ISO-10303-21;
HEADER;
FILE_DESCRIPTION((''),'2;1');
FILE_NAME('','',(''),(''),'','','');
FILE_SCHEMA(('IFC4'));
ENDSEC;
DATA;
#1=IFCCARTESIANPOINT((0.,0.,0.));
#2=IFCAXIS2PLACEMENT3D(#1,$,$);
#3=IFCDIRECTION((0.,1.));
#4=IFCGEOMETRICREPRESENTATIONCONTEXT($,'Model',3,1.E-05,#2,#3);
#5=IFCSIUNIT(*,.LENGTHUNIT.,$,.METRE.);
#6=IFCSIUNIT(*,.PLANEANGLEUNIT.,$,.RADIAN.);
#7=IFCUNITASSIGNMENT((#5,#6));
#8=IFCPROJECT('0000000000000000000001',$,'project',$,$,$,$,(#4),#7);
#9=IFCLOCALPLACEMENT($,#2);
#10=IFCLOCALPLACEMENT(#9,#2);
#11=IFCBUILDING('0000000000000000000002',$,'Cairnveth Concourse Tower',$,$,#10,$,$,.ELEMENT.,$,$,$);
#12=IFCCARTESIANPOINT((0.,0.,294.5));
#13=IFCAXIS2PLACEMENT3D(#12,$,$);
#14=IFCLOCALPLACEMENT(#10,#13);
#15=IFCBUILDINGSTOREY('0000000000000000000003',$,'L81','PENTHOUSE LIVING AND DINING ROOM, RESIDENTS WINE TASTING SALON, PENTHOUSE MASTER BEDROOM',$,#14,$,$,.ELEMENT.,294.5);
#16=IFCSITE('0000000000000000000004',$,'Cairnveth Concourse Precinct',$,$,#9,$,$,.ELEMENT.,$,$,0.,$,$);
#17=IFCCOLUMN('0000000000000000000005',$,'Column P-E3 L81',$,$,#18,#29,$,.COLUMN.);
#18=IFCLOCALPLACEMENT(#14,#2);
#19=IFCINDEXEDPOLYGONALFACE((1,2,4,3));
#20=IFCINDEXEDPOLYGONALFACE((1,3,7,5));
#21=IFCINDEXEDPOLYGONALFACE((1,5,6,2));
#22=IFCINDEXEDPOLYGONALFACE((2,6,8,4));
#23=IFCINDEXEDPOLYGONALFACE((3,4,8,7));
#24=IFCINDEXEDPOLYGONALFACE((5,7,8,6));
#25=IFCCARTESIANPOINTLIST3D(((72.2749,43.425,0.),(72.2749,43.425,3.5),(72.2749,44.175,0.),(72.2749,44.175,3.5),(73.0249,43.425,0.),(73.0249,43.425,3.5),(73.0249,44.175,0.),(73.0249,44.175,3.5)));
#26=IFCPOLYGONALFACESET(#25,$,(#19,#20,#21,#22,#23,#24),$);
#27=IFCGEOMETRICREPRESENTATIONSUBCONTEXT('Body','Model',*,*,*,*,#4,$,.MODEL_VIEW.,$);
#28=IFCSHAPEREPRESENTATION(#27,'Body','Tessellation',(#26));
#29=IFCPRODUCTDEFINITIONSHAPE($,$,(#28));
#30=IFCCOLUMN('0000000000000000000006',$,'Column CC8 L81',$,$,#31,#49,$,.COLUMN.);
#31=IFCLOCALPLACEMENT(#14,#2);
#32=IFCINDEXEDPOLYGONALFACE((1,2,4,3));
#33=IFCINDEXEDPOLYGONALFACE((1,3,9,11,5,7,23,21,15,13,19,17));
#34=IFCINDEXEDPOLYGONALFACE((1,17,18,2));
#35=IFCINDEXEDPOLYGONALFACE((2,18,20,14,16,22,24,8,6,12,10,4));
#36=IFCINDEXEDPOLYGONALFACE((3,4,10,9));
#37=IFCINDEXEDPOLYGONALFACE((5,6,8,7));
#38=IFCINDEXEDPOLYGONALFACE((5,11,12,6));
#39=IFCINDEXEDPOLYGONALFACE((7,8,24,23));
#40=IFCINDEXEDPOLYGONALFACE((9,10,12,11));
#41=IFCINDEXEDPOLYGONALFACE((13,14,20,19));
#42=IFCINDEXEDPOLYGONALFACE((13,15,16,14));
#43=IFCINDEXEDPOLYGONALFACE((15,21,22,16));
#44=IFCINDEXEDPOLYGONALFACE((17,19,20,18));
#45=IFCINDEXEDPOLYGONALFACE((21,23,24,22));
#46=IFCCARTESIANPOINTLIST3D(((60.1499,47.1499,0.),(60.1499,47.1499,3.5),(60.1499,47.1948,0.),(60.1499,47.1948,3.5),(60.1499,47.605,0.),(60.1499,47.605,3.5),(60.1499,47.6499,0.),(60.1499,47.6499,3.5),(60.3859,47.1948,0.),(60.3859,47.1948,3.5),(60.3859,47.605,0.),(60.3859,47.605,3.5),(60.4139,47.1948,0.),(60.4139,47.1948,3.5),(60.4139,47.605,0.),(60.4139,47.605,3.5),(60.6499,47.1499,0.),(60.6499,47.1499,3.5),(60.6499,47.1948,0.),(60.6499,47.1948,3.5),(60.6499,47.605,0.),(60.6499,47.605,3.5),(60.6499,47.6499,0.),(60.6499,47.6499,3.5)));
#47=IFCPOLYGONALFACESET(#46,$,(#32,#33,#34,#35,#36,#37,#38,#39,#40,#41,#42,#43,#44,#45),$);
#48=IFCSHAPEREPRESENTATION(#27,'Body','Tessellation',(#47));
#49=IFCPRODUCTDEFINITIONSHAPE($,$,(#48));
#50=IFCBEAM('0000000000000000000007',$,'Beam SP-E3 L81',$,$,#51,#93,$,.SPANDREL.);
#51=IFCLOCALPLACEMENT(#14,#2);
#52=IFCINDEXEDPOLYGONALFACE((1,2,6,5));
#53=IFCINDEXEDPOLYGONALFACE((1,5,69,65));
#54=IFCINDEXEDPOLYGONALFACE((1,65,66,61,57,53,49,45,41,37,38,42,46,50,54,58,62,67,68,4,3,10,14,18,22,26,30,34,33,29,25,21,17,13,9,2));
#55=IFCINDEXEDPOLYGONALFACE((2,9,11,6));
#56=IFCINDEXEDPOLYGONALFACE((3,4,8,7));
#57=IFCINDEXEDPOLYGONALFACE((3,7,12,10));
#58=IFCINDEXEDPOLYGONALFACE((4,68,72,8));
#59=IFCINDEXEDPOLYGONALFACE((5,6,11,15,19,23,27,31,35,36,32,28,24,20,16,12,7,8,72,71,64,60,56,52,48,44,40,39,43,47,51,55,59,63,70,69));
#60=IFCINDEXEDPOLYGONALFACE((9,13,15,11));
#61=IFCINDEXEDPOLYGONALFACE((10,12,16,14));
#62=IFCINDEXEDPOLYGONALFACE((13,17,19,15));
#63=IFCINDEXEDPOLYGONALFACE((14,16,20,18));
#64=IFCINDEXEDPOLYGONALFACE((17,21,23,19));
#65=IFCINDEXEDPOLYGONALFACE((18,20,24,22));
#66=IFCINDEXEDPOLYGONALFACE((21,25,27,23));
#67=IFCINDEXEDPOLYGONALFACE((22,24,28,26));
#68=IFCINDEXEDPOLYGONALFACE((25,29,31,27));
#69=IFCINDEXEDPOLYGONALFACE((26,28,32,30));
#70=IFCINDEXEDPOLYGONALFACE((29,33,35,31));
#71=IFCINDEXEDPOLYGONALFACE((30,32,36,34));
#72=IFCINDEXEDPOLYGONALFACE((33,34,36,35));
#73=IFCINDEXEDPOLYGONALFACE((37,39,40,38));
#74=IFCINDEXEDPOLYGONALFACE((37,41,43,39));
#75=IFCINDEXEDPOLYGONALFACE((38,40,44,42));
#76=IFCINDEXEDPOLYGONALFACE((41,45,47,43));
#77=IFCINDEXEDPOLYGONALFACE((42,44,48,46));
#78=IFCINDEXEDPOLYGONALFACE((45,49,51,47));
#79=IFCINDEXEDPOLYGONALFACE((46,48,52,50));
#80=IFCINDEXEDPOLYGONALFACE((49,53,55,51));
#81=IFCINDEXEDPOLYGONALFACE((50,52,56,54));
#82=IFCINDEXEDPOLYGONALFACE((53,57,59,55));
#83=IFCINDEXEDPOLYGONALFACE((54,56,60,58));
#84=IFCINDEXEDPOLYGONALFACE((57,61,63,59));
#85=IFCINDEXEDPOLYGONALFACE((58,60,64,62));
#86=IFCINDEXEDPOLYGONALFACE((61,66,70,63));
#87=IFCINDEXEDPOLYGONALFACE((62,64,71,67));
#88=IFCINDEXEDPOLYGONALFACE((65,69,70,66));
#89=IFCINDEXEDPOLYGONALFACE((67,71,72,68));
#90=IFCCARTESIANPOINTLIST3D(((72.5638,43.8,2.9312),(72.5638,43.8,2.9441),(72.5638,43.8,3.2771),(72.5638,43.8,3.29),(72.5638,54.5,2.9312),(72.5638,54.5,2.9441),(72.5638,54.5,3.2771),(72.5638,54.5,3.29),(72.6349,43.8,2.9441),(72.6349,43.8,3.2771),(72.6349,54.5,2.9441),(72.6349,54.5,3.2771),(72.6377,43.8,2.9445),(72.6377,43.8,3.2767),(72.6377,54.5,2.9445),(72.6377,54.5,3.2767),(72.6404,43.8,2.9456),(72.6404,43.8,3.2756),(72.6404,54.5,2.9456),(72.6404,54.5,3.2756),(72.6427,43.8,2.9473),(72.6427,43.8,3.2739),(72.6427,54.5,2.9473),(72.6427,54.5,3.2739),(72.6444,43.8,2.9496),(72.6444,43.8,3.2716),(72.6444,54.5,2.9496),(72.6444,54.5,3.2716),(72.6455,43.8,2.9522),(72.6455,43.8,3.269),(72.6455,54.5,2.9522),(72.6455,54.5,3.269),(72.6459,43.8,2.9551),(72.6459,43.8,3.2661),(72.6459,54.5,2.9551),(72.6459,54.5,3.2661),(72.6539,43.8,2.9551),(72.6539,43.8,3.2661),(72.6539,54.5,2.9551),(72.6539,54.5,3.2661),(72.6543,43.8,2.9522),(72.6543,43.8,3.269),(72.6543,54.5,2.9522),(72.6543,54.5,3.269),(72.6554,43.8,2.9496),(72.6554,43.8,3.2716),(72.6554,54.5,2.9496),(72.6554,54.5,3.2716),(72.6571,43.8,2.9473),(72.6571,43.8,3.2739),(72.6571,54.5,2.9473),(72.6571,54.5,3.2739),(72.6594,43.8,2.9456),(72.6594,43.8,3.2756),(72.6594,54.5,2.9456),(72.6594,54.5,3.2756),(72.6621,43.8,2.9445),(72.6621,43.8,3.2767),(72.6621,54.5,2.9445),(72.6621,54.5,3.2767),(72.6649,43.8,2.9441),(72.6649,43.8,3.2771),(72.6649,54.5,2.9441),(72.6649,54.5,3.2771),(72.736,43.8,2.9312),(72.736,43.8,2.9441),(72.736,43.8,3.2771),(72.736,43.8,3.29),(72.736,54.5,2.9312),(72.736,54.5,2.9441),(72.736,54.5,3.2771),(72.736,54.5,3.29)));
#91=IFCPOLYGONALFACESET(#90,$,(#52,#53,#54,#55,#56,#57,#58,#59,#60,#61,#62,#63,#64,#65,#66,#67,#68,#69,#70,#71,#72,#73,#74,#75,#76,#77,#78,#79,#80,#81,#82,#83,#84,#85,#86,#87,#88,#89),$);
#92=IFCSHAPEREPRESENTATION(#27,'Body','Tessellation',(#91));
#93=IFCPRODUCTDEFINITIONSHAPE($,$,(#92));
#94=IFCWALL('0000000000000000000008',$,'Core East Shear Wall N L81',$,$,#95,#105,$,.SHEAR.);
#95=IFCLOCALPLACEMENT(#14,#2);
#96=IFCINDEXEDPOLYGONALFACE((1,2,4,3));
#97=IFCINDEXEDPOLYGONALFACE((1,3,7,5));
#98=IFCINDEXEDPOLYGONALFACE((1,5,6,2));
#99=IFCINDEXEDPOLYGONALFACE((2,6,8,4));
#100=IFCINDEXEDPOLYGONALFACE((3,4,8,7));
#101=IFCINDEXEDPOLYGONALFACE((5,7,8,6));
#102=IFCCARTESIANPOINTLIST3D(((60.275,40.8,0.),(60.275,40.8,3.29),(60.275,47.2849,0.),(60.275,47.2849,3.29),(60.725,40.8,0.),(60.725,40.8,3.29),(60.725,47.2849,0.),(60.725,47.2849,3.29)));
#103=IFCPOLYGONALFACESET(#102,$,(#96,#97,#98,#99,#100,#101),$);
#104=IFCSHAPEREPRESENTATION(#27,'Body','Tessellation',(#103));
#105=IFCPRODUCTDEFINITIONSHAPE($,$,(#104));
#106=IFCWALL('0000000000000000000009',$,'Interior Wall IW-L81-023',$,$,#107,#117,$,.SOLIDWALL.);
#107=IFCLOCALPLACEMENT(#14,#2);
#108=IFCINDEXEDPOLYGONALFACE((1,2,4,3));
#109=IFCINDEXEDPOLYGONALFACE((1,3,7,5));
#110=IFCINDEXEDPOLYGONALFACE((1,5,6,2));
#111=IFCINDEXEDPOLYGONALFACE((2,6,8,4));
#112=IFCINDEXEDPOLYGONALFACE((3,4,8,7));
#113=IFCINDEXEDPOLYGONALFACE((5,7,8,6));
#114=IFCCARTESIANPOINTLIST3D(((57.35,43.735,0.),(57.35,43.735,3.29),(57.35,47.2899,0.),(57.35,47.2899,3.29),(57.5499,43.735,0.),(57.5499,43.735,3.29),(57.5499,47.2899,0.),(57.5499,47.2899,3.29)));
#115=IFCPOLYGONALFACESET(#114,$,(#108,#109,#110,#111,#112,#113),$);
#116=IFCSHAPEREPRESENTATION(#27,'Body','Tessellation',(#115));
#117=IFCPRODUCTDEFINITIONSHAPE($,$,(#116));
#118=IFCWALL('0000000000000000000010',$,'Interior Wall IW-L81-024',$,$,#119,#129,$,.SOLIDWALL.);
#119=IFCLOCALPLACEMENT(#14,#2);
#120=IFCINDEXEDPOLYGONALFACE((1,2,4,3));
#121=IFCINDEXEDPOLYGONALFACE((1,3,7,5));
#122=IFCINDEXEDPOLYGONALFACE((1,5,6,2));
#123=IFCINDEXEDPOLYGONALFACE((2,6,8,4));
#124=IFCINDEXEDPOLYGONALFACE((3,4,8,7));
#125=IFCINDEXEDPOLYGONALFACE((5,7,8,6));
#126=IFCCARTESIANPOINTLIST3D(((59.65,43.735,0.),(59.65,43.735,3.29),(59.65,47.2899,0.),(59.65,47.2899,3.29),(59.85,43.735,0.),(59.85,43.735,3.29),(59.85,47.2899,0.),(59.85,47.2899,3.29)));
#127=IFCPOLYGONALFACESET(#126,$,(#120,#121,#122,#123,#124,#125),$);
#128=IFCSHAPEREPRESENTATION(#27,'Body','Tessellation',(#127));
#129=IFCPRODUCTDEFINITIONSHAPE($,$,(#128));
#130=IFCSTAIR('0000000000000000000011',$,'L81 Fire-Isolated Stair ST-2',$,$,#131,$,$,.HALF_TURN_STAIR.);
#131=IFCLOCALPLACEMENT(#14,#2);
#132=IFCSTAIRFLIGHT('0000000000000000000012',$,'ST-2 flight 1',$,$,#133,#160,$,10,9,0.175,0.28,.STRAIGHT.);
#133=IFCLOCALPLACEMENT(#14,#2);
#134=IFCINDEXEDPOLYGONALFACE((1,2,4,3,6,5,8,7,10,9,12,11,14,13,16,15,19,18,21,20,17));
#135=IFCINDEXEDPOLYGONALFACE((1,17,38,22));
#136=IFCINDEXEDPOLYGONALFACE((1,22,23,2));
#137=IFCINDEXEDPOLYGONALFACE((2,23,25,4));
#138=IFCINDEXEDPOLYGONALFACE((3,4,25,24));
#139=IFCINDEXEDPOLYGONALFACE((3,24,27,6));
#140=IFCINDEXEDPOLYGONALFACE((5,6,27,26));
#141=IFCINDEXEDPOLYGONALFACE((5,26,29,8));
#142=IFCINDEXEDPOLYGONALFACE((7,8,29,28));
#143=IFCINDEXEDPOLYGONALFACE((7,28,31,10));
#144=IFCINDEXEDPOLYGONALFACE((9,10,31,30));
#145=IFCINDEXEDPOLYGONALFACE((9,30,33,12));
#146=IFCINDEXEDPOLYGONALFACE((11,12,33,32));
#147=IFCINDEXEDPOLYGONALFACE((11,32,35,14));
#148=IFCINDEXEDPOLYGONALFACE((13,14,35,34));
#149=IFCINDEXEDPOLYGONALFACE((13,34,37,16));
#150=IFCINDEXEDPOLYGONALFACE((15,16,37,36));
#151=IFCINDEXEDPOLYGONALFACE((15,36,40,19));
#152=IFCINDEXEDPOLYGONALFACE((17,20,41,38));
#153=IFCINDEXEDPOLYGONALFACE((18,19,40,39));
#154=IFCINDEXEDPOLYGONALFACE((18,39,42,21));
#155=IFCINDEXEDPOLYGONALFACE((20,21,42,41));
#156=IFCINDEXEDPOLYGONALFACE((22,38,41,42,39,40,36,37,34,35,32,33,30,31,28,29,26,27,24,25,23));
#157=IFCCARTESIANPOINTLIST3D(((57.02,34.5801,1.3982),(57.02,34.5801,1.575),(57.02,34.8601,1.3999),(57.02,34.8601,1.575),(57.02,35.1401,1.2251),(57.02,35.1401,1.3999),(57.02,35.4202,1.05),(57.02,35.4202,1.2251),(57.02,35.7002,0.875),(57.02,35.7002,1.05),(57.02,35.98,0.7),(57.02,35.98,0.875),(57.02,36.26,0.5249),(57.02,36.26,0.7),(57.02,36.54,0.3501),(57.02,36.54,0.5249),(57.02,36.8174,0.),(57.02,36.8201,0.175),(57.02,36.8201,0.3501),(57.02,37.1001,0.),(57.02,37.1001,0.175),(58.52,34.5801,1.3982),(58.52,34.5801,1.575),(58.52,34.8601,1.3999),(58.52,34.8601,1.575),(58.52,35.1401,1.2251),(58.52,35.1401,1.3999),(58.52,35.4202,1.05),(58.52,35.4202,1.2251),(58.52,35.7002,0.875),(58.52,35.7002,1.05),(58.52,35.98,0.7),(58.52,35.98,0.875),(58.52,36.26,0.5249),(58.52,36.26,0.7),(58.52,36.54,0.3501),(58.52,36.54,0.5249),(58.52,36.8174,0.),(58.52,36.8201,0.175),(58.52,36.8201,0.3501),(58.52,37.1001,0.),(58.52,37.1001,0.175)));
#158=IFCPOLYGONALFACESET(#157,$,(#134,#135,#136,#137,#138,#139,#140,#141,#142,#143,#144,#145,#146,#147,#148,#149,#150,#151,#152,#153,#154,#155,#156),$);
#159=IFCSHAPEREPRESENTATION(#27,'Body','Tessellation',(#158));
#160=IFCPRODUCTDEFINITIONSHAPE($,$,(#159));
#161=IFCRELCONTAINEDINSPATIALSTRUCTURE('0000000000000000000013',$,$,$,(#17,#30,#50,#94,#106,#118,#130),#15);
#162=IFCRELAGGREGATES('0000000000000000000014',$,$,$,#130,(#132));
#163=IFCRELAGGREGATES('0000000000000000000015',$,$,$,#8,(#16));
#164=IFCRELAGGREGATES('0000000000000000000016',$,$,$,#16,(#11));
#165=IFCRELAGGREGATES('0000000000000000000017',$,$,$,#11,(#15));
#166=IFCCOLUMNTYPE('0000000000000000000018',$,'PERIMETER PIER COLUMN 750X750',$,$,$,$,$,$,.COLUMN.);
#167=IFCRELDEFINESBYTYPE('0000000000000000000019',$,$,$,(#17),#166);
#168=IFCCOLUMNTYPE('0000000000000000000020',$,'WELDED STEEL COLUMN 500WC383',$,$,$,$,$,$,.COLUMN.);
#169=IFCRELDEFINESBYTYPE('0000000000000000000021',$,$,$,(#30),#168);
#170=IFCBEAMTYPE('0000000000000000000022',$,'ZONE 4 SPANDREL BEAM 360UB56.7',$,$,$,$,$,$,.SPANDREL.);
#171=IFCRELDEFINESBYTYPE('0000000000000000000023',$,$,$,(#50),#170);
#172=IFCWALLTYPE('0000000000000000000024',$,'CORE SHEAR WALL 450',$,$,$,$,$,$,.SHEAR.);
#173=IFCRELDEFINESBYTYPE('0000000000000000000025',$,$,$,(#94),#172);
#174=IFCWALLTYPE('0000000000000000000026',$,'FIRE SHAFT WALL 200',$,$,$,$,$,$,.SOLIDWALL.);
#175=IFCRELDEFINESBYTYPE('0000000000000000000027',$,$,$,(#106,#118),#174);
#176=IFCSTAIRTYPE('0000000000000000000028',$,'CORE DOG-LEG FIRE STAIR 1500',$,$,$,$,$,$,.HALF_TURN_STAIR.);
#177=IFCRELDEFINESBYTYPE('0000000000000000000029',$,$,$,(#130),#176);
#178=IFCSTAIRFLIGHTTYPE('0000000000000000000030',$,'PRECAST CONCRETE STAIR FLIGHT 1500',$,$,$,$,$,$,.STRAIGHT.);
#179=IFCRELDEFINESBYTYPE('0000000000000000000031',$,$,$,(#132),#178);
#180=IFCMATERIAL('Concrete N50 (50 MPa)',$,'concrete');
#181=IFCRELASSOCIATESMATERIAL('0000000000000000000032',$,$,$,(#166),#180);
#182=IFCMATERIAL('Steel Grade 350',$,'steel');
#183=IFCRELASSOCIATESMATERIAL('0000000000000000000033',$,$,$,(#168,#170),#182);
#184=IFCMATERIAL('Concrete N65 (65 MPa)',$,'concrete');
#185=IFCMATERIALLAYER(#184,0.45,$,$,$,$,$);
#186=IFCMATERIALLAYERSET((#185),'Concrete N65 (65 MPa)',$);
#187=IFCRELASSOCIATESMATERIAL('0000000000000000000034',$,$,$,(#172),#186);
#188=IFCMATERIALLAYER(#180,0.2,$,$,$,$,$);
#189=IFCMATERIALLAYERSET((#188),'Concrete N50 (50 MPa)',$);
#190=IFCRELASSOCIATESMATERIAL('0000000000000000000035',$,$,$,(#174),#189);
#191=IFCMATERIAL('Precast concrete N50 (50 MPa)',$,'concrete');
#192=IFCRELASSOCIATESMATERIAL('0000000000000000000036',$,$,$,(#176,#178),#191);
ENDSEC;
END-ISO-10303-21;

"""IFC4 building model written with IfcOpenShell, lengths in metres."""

from ifc_helpers import new_model, si_unit, direction, frame, frame_2d, origin, origin_2d, place, context, subcontext, project, spatial, polyline, rectangle, i_section, outline, extrude, material, layer, layer_set, material_profile, profile_set, type_object, element, aggregate, save


model = new_model("IFC4")

# Units and contexts
model_context = context("Model", 3, precision=1e-05, world=origin(), true_north=direction((0.0, 1.0)))
body_context = subcontext(model_context, "Body", "Model", "MODEL_VIEW")
ifc_project = project(units=[si_unit("LENGTHUNIT", "METRE"), si_unit("PLANEANGLEUNIT", "RADIAN")], contexts=[model_context])

# Site, building, storey
site_placement = place(None, origin())
site = spatial("IfcSite", under=ifc_project, at=site_placement, Name="Cairnveth Concourse Precinct", CompositionType="ELEMENT", RefElevation=0.0)
building_placement = place(site_placement, origin())
building = spatial("IfcBuilding", under=site, at=building_placement, Name="Cairnveth Concourse Tower", CompositionType="ELEMENT")
storey_placement = place(building_placement, frame((0.0, 0.0, 294.5)))
storey = spatial("IfcBuildingStorey", under=building, at=storey_placement, Name="L81", Description="PENTHOUSE LIVING AND DINING ROOM, RESIDENTS WINE TASTING SALON, PENTHOUSE MASTER BEDROOM", CompositionType="ELEMENT", Elevation=294.5)

# Columns
ifc_material_1 = material(Name="Concrete N50 (50 MPa)", Category="concrete")
ifc_material_profile_1 = material_profile(ifc_material_1, rectangle(XDim=0.75, YDim=0.75, at=origin_2d()), Name="RC-COL-750x750")
ifc_profile_set_1 = profile_set([ifc_material_profile_1], Name="Concrete N50 (50 MPa)")
column_type_1 = type_object("IfcColumnType", Name="PERIMETER PIER COLUMN 750X750", PredefinedType="COLUMN", material=ifc_profile_set_1)
column_1_placement = place(storey_placement, frame((72.6499, 43.8, 0.0), z_axis=(0.0, 0.0, 1.0), x_axis=(0.0, 1.0, 0.0)))
element("IfcColumn", 1, at=column_1_placement, inside=storey, type_object=column_type_1, Name="Column P-E3 L81", PredefinedType="COLUMN", context=body_context, shape_type="SweptSolid", body=[
    extrude(rectangle(XDim=0.75, YDim=0.75, at=origin_2d()), origin(), (0.0, 0.0, 1.0), 3.5),
])
ifc_material_2 = material(Name="Steel Grade 350", Category="steel")
ifc_material_profile_2 = material_profile(ifc_material_2, i_section(OverallWidth=0.5, OverallDepth=0.5, WebThickness=0.0281, FlangeThickness=0.0449, at=origin_2d()), Name="500WC383")
ifc_profile_set_2 = profile_set([ifc_material_profile_2], Name="Steel Grade 350")
column_type_2 = type_object("IfcColumnType", Name="WELDED STEEL COLUMN 500WC383", PredefinedType="COLUMN", material=ifc_profile_set_2)
column_2_placement = place(storey_placement, frame((60.3999, 47.3999, 0.0), z_axis=(0.0, 0.0, 1.0), x_axis=(1.0, 0.0, 0.0)))
element("IfcColumn", 2, at=column_2_placement, inside=storey, type_object=column_type_2, Name="Column CC8 L81", PredefinedType="COLUMN", context=body_context, shape_type="SweptSolid", body=[
    extrude(i_section(OverallWidth=0.5, OverallDepth=0.5, WebThickness=0.0281, FlangeThickness=0.0449, at=origin_2d()), origin(), (0.0, 0.0, 1.0), 3.5),
])

# Beam
ifc_material_profile_3 = material_profile(ifc_material_2, i_section(OverallWidth=0.1721, OverallDepth=0.3589, WebThickness=0.0081, FlangeThickness=0.0129, FilletRadius=0.011, at=origin_2d()), Name="360UB56.7")
ifc_profile_set_3 = profile_set([ifc_material_profile_3], Name="Steel Grade 350")
beam_type = type_object("IfcBeamType", Name="ZONE 4 SPANDREL BEAM 360UB56.7", PredefinedType="SPANDREL", material=ifc_profile_set_3)
beam_placement = place(storey_placement, frame((72.6499, 43.8, 3.1106), z_axis=(0.0, 1.0, 0.0), x_axis=(-1.0, 0.0, 0.0)))
element("IfcBeam", 3, at=beam_placement, inside=storey, type_object=beam_type, Name="Beam SP-E3 L81", PredefinedType="SPANDREL", context=body_context, shape_type="SweptSolid", body=[
    extrude(i_section(OverallWidth=0.1721, OverallDepth=0.3589, WebThickness=0.0081, FlangeThickness=0.0129, FilletRadius=0.011, at=origin_2d()), origin(), (0.0, 0.0, 1.0), 10.7),
])

# Wall
ifc_material_3 = material(Name="Concrete N65 (65 MPa)", Category="concrete")
ifc_layer_1 = layer(ifc_material_3, 0.45)
ifc_layer_set_1 = layer_set([ifc_layer_1], Name="Concrete N65 (65 MPa)")
wall_type_1 = type_object("IfcWallType", Name="CORE SHEAR WALL 450", PredefinedType="SHEAR", material=ifc_layer_set_1)
wall_1_placement = place(storey_placement, frame((60.5, 40.8, 0.0), z_axis=(0.0, 0.0, 1.0), x_axis=(0.0, 1.0, 0.0)))
element("IfcWall", 4, at=wall_1_placement, inside=storey, type_object=wall_type_1, Name="Core East Shear Wall N L81", PredefinedType="SHEAR", context=body_context, shape_type="SweptSolid", body=[
    extrude(rectangle(XDim=6.4849, YDim=0.45, at=frame_2d((3.2424, 0.0))), origin(), (0.0, 0.0, 1.0), 3.29),
])

# Shared definitions
ifc_layer_2 = layer(ifc_material_1, 0.2)
ifc_layer_set_2 = layer_set([ifc_layer_2], Name="Concrete N50 (50 MPa)")
wall_type_2 = type_object("IfcWallType", Name="FIRE SHAFT WALL 200", PredefinedType="SOLIDWALL", material=ifc_layer_set_2)

# Walls
for number, where, z_axis, x_axis, name in (
    (5, (57.45, 43.7351, 0.0), (0.0, 0.0, 1.0), (0.0, 1.0, 0.0), "Interior Wall IW-L81-023"),
    (6, (59.75, 43.7351, 0.0), (0.0, 0.0, 1.0), (0.0, 1.0, 0.0), "Interior Wall IW-L81-024"),
):
    element("IfcWall", number, at=place(storey_placement, frame(where, z_axis=z_axis, x_axis=x_axis)), inside=storey, type_object=wall_type_2, Name=name, PredefinedType="SOLIDWALL", context=body_context, shape_type="SweptSolid", body=[
        extrude(rectangle(XDim=3.5549, YDim=0.2, at=frame_2d((1.7773, 0.0))), origin(), (0.0, 0.0, 1.0), 3.29),
    ])

# Stair, stair flight
ifc_material_4 = material(Name="Precast concrete N50 (50 MPa)", Category="concrete")
stair_type = type_object("IfcStairType", Name="CORE DOG-LEG FIRE STAIR 1500", PredefinedType="HALF_TURN_STAIR", material=ifc_material_4)
stair_placement = place(storey_placement, origin())
stair = element("IfcStair", 7, at=stair_placement, inside=storey, type_object=stair_type, Name="L81 Fire-Isolated Stair ST-2", PredefinedType="HALF_TURN_STAIR")
stair_flight_type = type_object("IfcStairFlightType", Name="PRECAST CONCRETE STAIR FLIGHT 1500", PredefinedType="STRAIGHT", material=ifc_material_4)
stair_flight_1_placement = place(storey_placement, frame((57.77, 37.1001, 0.0), z_axis=(0.0, 0.0, 1.0), x_axis=(0.0, -1.0, 0.0)))
stair_flight_1 = element("IfcStairFlight", 8, at=stair_flight_1_placement, type_object=stair_flight_type, Name="ST-2 flight 1", NumberOfRisers=10, NumberOfTreads=9, PredefinedType="STRAIGHT", RiserHeight=0.175, TreadLength=0.28, context=body_context, shape_type="SweptSolid", body=[
    extrude(outline(polyline([(0.0, 0.0), (0.0, 0.175), (0.28, 0.175), (0.28, 0.3501), (0.5601, 0.3501), (0.5601, 0.5249), (0.8401, 0.5249), (0.8401, 0.7), (1.1201, 0.7), (1.1201, 0.875), (1.3999, 0.875), (1.3999, 1.05), (1.6799, 1.05), (1.6799, 1.2251), (1.96, 1.2251), (1.96, 1.3999), (2.24, 1.3999), (2.24, 1.575), (2.52, 1.575), (2.52, 1.75), (2.52, 1.3982), (0.2827, 0.0), (0.0, 0.0)])), frame((0.0, 0.75, 0.0), z_axis=(0.0, -1.0, 0.0), x_axis=(1.0, 0.0, 0.0)), (0.0, 0.0, 1.0), 1.5),
])
aggregate(stair, [stair_flight_1])

save(model, "model.ifc")
